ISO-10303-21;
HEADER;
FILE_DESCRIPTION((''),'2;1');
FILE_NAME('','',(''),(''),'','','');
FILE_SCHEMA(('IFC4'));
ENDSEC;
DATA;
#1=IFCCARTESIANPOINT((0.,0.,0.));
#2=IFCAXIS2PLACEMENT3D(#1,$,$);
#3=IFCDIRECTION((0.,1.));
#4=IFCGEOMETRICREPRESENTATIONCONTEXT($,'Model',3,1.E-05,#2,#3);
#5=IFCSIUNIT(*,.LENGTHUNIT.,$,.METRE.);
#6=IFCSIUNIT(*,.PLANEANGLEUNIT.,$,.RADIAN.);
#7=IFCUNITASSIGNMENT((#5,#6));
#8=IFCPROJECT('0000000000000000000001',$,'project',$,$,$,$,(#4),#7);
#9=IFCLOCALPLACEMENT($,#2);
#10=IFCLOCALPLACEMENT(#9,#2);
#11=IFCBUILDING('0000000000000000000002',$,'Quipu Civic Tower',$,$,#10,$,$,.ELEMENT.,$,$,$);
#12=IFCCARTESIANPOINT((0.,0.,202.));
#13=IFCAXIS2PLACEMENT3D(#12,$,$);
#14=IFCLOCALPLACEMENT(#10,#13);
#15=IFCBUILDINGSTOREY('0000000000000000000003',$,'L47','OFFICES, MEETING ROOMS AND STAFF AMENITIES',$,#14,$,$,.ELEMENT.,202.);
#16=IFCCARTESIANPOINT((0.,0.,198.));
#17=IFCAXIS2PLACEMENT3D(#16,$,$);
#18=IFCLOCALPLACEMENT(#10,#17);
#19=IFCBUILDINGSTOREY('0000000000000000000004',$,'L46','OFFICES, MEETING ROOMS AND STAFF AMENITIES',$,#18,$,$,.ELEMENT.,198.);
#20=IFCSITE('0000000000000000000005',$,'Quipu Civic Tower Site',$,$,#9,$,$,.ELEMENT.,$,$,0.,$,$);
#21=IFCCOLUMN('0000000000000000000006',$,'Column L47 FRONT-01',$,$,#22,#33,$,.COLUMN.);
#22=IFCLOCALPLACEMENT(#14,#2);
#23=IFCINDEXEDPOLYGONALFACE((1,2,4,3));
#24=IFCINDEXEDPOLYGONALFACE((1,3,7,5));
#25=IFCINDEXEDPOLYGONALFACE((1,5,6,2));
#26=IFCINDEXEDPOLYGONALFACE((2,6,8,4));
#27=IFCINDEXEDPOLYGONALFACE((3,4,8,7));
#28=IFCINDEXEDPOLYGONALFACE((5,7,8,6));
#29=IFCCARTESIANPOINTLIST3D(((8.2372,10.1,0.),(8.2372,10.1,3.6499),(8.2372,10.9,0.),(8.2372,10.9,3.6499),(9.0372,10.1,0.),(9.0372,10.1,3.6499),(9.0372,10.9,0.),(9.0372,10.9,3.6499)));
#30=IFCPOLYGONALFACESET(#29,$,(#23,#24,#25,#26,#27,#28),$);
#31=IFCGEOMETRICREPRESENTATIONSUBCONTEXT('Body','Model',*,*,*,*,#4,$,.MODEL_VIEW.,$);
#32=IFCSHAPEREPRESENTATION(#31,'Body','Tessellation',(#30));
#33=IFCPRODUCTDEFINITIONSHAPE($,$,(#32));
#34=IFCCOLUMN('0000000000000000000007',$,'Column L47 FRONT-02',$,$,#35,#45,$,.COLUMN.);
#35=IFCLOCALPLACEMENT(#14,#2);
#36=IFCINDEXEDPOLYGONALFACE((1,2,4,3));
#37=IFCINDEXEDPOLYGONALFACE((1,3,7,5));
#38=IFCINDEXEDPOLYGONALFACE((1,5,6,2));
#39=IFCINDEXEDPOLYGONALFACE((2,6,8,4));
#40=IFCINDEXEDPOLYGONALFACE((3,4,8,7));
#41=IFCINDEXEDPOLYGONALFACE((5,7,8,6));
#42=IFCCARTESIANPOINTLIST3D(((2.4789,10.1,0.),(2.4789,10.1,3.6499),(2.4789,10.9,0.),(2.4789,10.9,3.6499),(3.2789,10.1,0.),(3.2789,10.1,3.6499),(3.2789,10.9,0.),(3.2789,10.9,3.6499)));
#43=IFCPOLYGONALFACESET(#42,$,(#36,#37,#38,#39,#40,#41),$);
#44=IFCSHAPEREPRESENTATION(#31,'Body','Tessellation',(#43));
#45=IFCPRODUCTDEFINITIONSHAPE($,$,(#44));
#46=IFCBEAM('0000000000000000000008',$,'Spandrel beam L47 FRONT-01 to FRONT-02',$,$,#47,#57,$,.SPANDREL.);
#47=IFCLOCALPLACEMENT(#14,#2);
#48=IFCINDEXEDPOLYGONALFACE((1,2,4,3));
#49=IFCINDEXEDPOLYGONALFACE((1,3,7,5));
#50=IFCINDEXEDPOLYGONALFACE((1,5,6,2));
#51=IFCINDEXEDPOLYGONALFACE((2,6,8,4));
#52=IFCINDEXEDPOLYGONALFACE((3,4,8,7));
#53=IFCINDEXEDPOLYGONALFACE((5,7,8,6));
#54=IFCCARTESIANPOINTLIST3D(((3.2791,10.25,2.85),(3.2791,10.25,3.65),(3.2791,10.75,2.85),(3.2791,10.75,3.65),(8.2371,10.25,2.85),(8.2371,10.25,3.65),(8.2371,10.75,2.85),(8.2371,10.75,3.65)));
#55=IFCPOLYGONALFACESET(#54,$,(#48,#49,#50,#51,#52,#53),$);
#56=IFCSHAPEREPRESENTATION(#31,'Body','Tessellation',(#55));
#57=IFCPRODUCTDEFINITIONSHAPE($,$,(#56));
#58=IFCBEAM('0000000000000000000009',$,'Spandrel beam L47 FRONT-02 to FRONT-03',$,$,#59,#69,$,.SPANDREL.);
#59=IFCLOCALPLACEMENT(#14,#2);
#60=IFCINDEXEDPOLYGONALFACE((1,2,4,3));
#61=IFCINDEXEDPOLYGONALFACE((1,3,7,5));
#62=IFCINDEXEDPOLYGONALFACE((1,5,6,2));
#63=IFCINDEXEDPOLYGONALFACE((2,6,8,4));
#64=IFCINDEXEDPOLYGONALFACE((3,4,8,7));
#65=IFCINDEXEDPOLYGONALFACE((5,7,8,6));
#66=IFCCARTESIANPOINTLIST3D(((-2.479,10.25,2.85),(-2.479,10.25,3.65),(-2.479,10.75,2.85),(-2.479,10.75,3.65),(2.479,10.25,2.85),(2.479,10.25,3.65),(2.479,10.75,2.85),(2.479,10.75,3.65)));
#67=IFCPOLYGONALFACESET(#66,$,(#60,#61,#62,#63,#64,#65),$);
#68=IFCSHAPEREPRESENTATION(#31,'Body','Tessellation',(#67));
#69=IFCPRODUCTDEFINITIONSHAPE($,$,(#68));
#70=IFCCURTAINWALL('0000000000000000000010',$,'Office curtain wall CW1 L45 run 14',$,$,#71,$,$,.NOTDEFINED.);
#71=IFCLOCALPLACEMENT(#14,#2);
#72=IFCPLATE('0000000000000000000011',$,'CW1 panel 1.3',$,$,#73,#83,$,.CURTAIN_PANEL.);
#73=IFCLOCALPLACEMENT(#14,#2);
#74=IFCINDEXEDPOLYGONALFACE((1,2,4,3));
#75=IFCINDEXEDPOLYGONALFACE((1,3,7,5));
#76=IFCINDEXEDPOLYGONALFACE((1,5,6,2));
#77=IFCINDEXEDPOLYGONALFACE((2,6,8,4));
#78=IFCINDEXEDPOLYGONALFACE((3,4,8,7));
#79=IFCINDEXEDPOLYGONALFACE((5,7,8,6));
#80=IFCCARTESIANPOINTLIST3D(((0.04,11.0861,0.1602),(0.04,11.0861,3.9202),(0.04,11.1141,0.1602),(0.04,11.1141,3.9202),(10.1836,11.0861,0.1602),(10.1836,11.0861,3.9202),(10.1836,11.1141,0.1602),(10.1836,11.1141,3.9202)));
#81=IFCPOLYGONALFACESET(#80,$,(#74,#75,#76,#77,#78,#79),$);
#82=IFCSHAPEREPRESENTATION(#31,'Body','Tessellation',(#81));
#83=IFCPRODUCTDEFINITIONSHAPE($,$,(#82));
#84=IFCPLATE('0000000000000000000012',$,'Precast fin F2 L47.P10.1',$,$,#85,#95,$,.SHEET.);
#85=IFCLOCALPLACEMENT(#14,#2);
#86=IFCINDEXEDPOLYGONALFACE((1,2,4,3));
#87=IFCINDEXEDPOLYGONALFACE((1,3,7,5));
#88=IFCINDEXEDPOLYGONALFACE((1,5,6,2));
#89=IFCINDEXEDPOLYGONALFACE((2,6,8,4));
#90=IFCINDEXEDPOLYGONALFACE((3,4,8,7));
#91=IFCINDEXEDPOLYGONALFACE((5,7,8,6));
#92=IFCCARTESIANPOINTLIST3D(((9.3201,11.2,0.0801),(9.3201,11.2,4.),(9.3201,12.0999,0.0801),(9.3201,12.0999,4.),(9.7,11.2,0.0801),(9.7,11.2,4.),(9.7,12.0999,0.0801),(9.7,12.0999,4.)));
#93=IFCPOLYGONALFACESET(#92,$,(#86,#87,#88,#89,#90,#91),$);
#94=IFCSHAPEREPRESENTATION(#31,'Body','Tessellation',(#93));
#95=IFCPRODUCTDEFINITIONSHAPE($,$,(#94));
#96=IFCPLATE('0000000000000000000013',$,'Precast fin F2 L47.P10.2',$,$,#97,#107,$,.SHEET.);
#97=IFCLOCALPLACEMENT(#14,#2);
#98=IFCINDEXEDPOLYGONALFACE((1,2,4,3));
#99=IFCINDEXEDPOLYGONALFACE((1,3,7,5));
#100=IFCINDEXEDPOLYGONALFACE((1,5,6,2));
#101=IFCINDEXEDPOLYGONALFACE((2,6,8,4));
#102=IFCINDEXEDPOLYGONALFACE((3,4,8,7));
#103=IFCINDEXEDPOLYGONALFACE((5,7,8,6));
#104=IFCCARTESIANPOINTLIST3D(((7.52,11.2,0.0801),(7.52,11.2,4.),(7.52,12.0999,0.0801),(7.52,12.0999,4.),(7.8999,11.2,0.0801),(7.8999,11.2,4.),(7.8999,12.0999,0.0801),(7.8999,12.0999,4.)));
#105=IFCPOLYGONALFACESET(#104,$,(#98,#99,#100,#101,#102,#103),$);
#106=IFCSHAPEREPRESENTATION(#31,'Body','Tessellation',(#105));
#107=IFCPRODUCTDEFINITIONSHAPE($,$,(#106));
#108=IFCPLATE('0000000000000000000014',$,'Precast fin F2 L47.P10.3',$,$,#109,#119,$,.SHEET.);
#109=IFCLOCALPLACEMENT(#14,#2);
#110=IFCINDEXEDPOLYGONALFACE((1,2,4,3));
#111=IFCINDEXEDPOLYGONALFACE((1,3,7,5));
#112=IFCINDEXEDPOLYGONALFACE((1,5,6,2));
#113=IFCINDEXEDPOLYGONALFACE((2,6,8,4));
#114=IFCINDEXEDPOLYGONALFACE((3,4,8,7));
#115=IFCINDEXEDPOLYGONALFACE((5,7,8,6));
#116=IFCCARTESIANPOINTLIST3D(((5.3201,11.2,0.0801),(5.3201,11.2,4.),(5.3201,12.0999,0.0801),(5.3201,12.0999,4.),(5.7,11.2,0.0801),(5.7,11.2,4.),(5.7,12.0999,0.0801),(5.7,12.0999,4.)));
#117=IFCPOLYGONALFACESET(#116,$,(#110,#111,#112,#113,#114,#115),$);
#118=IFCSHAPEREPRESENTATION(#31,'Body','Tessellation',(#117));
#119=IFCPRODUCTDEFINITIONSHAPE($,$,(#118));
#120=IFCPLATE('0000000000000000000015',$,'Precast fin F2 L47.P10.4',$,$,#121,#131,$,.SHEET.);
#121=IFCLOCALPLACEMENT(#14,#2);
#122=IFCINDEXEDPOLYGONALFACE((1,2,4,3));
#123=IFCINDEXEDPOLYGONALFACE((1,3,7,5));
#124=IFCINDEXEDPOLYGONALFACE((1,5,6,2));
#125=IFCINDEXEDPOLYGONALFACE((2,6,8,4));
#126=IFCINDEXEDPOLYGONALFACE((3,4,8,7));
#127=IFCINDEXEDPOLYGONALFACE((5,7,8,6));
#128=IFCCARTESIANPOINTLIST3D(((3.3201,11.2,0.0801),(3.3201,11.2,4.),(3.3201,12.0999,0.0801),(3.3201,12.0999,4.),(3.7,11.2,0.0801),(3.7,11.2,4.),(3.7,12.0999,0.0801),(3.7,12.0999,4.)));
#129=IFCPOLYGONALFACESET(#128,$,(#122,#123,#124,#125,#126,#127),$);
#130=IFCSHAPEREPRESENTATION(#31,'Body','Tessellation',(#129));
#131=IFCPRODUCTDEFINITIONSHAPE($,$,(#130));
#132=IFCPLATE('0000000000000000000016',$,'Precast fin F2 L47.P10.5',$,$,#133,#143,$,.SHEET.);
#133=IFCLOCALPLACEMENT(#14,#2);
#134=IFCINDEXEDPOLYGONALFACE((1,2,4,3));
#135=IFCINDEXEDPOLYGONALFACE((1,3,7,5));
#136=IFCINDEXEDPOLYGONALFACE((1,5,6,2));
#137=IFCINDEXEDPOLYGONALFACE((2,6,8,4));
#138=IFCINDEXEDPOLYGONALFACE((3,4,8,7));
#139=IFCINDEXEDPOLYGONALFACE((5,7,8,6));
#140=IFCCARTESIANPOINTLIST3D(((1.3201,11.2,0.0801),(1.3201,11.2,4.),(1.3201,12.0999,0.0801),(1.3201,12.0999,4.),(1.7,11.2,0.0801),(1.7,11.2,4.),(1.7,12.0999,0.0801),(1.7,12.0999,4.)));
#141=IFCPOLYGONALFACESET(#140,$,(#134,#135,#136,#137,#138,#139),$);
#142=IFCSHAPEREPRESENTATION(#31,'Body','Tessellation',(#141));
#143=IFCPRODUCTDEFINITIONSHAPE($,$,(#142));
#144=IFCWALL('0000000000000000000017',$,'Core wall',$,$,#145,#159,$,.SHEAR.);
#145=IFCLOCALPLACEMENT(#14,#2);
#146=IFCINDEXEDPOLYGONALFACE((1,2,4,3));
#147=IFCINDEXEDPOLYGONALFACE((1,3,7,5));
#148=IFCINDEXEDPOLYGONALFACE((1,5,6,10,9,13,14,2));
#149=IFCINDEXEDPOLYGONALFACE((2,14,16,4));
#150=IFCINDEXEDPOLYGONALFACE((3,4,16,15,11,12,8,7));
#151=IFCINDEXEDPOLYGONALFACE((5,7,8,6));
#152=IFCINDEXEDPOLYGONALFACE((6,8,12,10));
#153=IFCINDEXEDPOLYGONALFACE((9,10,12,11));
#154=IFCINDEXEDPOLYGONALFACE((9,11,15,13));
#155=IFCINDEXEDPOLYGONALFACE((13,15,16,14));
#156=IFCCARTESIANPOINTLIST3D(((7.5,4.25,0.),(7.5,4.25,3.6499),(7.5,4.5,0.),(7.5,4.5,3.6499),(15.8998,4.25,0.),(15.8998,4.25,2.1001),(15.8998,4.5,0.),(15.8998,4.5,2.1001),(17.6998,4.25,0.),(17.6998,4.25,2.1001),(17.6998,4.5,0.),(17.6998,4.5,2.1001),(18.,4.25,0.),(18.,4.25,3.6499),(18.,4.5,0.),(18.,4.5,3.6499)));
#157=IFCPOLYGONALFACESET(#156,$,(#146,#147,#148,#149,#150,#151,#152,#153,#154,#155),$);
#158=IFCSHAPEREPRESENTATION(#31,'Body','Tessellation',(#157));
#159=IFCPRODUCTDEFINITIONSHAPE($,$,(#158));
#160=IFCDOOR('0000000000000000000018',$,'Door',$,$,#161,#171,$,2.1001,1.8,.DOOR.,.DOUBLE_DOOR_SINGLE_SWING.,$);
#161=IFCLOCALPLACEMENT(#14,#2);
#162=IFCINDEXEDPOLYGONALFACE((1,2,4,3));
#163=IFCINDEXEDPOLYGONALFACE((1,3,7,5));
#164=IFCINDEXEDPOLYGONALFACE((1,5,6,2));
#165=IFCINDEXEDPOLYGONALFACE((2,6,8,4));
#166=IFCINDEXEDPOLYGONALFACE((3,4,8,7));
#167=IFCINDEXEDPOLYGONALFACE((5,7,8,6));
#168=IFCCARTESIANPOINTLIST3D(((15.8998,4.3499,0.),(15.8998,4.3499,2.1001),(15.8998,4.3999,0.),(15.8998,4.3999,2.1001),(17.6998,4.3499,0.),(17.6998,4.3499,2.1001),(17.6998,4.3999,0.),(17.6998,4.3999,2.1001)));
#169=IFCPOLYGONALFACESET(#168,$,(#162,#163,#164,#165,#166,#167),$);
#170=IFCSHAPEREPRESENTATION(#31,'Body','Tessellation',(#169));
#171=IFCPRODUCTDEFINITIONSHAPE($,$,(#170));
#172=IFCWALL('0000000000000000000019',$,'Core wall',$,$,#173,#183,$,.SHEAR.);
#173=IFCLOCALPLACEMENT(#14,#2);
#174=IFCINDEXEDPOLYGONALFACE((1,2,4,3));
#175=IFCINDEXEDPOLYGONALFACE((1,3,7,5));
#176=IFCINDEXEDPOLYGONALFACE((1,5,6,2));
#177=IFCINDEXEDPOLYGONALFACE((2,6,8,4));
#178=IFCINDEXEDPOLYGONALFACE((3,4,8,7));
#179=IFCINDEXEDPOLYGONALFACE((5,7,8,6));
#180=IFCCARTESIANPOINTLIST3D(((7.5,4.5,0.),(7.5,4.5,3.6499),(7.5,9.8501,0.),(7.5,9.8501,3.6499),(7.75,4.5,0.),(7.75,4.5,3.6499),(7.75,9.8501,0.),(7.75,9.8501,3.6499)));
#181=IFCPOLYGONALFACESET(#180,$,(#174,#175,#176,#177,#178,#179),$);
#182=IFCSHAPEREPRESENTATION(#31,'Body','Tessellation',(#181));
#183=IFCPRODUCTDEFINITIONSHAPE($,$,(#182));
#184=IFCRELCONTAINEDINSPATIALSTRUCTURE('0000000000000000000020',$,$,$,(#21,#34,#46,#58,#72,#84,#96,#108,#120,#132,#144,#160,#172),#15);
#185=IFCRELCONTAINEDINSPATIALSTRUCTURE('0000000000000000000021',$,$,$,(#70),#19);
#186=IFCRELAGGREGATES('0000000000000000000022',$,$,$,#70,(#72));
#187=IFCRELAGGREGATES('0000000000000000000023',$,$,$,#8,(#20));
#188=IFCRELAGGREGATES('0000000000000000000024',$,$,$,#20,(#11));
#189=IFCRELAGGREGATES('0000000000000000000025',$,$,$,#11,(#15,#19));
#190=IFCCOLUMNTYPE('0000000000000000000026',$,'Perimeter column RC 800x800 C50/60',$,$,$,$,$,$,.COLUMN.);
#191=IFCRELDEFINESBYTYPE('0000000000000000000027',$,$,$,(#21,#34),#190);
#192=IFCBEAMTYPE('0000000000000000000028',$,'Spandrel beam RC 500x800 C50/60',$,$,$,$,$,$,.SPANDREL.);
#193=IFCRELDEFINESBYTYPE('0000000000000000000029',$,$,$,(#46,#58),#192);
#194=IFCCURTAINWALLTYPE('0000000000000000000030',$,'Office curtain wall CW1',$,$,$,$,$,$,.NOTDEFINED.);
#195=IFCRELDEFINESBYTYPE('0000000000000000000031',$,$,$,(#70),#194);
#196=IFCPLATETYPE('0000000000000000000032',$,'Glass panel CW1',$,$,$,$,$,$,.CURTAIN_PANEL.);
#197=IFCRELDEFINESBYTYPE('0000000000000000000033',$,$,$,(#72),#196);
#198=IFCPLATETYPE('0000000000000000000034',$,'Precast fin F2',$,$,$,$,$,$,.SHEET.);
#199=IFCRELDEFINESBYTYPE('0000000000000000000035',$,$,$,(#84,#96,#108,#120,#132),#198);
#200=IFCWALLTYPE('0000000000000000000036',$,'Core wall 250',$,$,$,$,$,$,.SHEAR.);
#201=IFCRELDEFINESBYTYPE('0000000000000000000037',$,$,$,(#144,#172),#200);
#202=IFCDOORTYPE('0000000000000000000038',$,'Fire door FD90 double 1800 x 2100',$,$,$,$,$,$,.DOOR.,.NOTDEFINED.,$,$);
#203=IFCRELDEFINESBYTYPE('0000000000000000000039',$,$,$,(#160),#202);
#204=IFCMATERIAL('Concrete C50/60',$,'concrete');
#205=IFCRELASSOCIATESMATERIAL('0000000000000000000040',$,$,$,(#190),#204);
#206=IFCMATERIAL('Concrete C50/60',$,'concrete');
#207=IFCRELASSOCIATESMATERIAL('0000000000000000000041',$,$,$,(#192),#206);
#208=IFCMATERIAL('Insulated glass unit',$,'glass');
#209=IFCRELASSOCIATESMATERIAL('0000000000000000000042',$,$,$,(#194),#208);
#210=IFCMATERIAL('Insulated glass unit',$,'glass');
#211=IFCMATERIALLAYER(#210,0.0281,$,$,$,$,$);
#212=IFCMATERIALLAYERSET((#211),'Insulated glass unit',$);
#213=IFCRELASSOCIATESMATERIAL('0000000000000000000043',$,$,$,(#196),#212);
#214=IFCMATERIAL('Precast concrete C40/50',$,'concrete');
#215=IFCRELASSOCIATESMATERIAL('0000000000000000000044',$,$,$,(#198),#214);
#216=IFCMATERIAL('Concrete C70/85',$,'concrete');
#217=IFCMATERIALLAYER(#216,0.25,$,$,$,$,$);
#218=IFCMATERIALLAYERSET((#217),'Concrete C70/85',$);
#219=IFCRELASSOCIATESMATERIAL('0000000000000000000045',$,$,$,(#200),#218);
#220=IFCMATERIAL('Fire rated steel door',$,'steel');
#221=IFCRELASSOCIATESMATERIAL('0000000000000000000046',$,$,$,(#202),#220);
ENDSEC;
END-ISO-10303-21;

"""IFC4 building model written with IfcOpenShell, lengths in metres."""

from ifc_helpers import new_model, si_unit, direction, frame, frame_2d, origin, origin_2d, place, context, subcontext, project, spatial, rectangle, extrude, material, layer, layer_set, material_profile, profile_set, type_object, element, fill, aggregate, save


model = new_model("IFC4")

# Units and contexts
model_context = context("Model", 3, precision=1e-05, world=origin(), true_north=direction((0.0, 1.0)))
body_context = subcontext(model_context, "Body", "Model", "MODEL_VIEW")
ifc_project = project(units=[si_unit("LENGTHUNIT", "METRE"), si_unit("PLANEANGLEUNIT", "RADIAN")], contexts=[model_context])

# Site, building, storey
site_placement = place(None, origin())
site = spatial("IfcSite", under=ifc_project, at=site_placement, Name="Quipu Civic Tower Site", CompositionType="ELEMENT", RefElevation=0.0)
building_placement = place(site_placement, origin())
building = spatial("IfcBuilding", under=site, at=building_placement, Name="Quipu Civic Tower", CompositionType="ELEMENT")
storey_1_placement = place(building_placement, frame((0.0, 0.0, 202.0)))
storey_1 = spatial("IfcBuildingStorey", under=building, at=storey_1_placement, Name="L47", Description="OFFICES, MEETING ROOMS AND STAFF AMENITIES", CompositionType="ELEMENT", Elevation=202.0)

# Columns
ifc_material_1 = material(Name="Concrete C50/60", Category="concrete")
ifc_material_profile_1 = material_profile(ifc_material_1, rectangle(XDim=0.8, YDim=0.8, at=origin_2d()), Name="RC800x800")
ifc_profile_set_1 = profile_set([ifc_material_profile_1], Name="Concrete C50/60")
column_type = type_object("IfcColumnType", Name="Perimeter column RC 800x800 C50/60", PredefinedType="COLUMN", material=ifc_profile_set_1)
for number, where, z_axis, x_axis, name in (
    (1, (8.6372, 10.5, 0.0), (0.0, 0.0, 1.0), (-1.0, 0.0, 0.0), "Column L47 FRONT-01"),
    (2, (2.8789, 10.5, 0.0), (0.0, 0.0, 1.0), (-1.0, 0.0, 0.0), "Column L47 FRONT-02"),
):
    element("IfcColumn", number, at=place(storey_1_placement, frame(where, z_axis=z_axis, x_axis=x_axis)), inside=storey_1, type_object=column_type, Name=name, PredefinedType="COLUMN", context=body_context, shape_type="SweptSolid", body=[
        extrude(rectangle(XDim=0.8, YDim=0.8, at=origin_2d()), origin(), (0.0, 0.0, 1.0), 3.6499),
    ])

# Beams
ifc_material_2 = material(Name="Concrete C50/60", Category="concrete")
ifc_material_profile_2 = material_profile(ifc_material_2, rectangle(XDim=0.5, YDim=0.8, at=origin_2d()), Name="RC500x800")
ifc_profile_set_2 = profile_set([ifc_material_profile_2], Name="Concrete C50/60")
beam_type = type_object("IfcBeamType", Name="Spandrel beam RC 500x800 C50/60", PredefinedType="SPANDREL", material=ifc_profile_set_2)
for number, where, z_axis, x_axis, name in (
    (3, (8.2371, 10.5, 3.25), (-1.0, 0.0, 0.0), (0.0, -1.0, 0.0), "Spandrel beam L47 FRONT-01 to FRONT-02"),
    (4, (2.479, 10.5, 3.25), (-1.0, 0.0, 0.0), (0.0, -1.0, 0.0), "Spandrel beam L47 FRONT-02 to FRONT-03"),
):
    element("IfcBeam", number, at=place(storey_1_placement, frame(where, z_axis=z_axis, x_axis=x_axis)), inside=storey_1, type_object=beam_type, Name=name, PredefinedType="SPANDREL", context=body_context, shape_type="SweptSolid", body=[
        extrude(rectangle(XDim=0.5, YDim=0.8, at=origin_2d()), origin(), (0.0, 0.0, 1.0), 4.958),
    ])

# Shared definitions
storey_2_placement = place(building_placement, frame((0.0, 0.0, 198.0)))
storey_2 = spatial("IfcBuildingStorey", under=building, at=storey_2_placement, Name="L46", Description="OFFICES, MEETING ROOMS AND STAFF AMENITIES", CompositionType="ELEMENT", Elevation=198.0)

# Curtain wall, plate
ifc_material_3 = material(Name="Insulated glass unit", Category="glass")
curtain_wall_type = type_object("IfcCurtainWallType", Name="Office curtain wall CW1", PredefinedType="NOTDEFINED", material=ifc_material_3)
curtain_wall_placement = place(storey_2_placement, origin())
curtain_wall = element("IfcCurtainWall", 5, at=curtain_wall_placement, inside=storey_2, type_object=curtain_wall_type, Name="Office curtain wall CW1 L45 run 14", PredefinedType="NOTDEFINED")
ifc_material_4 = material(Name="Insulated glass unit", Category="glass")
ifc_layer_1 = layer(ifc_material_4, 0.0281)
ifc_layer_set_1 = layer_set([ifc_layer_1], Name="Insulated glass unit")
plate_type_1 = type_object("IfcPlateType", Name="Glass panel CW1", PredefinedType="CURTAIN_PANEL", material=ifc_layer_set_1)
plate_placement = place(storey_1_placement, frame((5.1118, 11.1001, 0.1602), z_axis=(0.0, 0.0, 1.0), x_axis=(-1.0, 0.0, 0.0)))
plate = element("IfcPlate", 6, at=plate_placement, inside=storey_1, type_object=plate_type_1, Name="CW1 panel 1.3", PredefinedType="CURTAIN_PANEL", context=body_context, shape_type="SweptSolid", body=[
    extrude(rectangle(XDim=10.1436, YDim=0.0281, at=origin_2d()), origin(), (0.0, 0.0, 1.0), 3.76),
])
aggregate(curtain_wall, [plate])

# Plates
ifc_material_5 = material(Name="Precast concrete C40/50", Category="concrete")
plate_type_2 = type_object("IfcPlateType", Name="Precast fin F2", PredefinedType="SHEET", material=ifc_material_5)
for number, where, z_axis, x_axis, name in (
    (7, (9.51, 11.6499, 0.0801), (0.0, 0.0, 1.0), (-1.0, 0.0, 0.0), "Precast fin F2 L47.P10.1"),
    (8, (7.71, 11.6499, 0.0801), (0.0, 0.0, 1.0), (-1.0, 0.0, 0.0), "Precast fin F2 L47.P10.2"),
    (9, (5.51, 11.6499, 0.0801), (0.0, 0.0, 1.0), (-1.0, 0.0, 0.0), "Precast fin F2 L47.P10.3"),
    (10, (3.51, 11.6499, 0.0801), (0.0, 0.0, 1.0), (-1.0, 0.0, 0.0), "Precast fin F2 L47.P10.4"),
    (11, (1.51, 11.6499, 0.0801), (0.0, 0.0, 1.0), (-1.0, 0.0, 0.0), "Precast fin F2 L47.P10.5"),
):
    element("IfcPlate", number, at=place(storey_1_placement, frame(where, z_axis=z_axis, x_axis=x_axis)), inside=storey_1, type_object=plate_type_2, Name=name, PredefinedType="SHEET", context=body_context, shape_type="SweptSolid", body=[
        extrude(rectangle(XDim=0.3799, YDim=0.8999, at=origin_2d()), origin(), (0.0, 0.0, 1.0), 3.9199),
    ])

# Wall, opening, door
ifc_material_6 = material(Name="Concrete C70/85", Category="concrete")
ifc_layer_2 = layer(ifc_material_6, 0.25)
ifc_layer_set_2 = layer_set([ifc_layer_2], Name="Concrete C70/85")
wall_type_1 = type_object("IfcWallType", Name="Core wall 250", PredefinedType="SHEAR", material=ifc_layer_set_2)
wall_1_placement = place(storey_1_placement, frame((7.5, 4.375, 0.0), z_axis=(0.0, 0.0, 1.0), x_axis=(1.0, 0.0, 0.0)))
wall_1 = element("IfcWall", 12, at=wall_1_placement, inside=storey_1, type_object=wall_type_1, Name="Core wall", PredefinedType="SHEAR", context=body_context, shape_type="SweptSolid", body=[
    extrude(rectangle(XDim=10.5, YDim=0.25, at=frame_2d((5.25, 0.0))), origin(), (0.0, 0.0, 1.0), 3.6499),
])
opening_1_placement = place(wall_1_placement, frame((8.3999, 0.0, 0.0)))
opening_1 = element("IfcOpeningElement", 13, at=opening_1_placement, cuts=wall_1, PredefinedType="OPENING", context=body_context, shape_type="SweptSolid", body=[
    extrude(rectangle(XDim=1.8, YDim=2.1001, at=frame_2d((0.8999, 1.05))), frame((0.0, 0.135, 0.0), z_axis=(0.0, -1.0, 0.0), x_axis=(1.0, 0.0, 0.0)), (0.0, 0.0, 1.0), 0.27),
])
ifc_material_7 = material(Name="Fire rated steel door", Category="steel")
door_type = type_object("IfcDoorType", Name="Fire door FD90 double 1800 x 2100", OperationType="NOTDEFINED", PredefinedType="DOOR", material=ifc_material_7)
door_placement = place(opening_1_placement, origin())
door = element("IfcDoor", 14, at=door_placement, inside=storey_1, type_object=door_type, Name="Door", OperationType="DOUBLE_DOOR_SINGLE_SWING", OverallHeight=2.1001, OverallWidth=1.8, PredefinedType="DOOR", context=body_context, shape_type="SweptSolid", body=[
    extrude(rectangle(XDim=1.8, YDim=2.1001, at=frame_2d((0.8999, 1.05))), frame((0.0, 0.0249, 0.0), z_axis=(0.0, -1.0, 0.0), x_axis=(1.0, 0.0, 0.0)), (0.0, 0.0, 1.0), 0.05),
])
fill(opening_1, door)

# Wall
wall_2_placement = place(storey_1_placement, frame((7.625, 4.5, 0.0), z_axis=(0.0, 0.0, 1.0), x_axis=(0.0, 1.0, 0.0)))
element("IfcWall", 15, at=wall_2_placement, inside=storey_1, type_object=wall_type_1, Name="Core wall", PredefinedType="SHEAR", context=body_context, shape_type="SweptSolid", body=[
    extrude(rectangle(XDim=5.3501, YDim=0.25, at=frame_2d((2.675, 0.0))), origin(), (0.0, 0.0, 1.0), 3.6499),
])

save(model, "model.ifc")
